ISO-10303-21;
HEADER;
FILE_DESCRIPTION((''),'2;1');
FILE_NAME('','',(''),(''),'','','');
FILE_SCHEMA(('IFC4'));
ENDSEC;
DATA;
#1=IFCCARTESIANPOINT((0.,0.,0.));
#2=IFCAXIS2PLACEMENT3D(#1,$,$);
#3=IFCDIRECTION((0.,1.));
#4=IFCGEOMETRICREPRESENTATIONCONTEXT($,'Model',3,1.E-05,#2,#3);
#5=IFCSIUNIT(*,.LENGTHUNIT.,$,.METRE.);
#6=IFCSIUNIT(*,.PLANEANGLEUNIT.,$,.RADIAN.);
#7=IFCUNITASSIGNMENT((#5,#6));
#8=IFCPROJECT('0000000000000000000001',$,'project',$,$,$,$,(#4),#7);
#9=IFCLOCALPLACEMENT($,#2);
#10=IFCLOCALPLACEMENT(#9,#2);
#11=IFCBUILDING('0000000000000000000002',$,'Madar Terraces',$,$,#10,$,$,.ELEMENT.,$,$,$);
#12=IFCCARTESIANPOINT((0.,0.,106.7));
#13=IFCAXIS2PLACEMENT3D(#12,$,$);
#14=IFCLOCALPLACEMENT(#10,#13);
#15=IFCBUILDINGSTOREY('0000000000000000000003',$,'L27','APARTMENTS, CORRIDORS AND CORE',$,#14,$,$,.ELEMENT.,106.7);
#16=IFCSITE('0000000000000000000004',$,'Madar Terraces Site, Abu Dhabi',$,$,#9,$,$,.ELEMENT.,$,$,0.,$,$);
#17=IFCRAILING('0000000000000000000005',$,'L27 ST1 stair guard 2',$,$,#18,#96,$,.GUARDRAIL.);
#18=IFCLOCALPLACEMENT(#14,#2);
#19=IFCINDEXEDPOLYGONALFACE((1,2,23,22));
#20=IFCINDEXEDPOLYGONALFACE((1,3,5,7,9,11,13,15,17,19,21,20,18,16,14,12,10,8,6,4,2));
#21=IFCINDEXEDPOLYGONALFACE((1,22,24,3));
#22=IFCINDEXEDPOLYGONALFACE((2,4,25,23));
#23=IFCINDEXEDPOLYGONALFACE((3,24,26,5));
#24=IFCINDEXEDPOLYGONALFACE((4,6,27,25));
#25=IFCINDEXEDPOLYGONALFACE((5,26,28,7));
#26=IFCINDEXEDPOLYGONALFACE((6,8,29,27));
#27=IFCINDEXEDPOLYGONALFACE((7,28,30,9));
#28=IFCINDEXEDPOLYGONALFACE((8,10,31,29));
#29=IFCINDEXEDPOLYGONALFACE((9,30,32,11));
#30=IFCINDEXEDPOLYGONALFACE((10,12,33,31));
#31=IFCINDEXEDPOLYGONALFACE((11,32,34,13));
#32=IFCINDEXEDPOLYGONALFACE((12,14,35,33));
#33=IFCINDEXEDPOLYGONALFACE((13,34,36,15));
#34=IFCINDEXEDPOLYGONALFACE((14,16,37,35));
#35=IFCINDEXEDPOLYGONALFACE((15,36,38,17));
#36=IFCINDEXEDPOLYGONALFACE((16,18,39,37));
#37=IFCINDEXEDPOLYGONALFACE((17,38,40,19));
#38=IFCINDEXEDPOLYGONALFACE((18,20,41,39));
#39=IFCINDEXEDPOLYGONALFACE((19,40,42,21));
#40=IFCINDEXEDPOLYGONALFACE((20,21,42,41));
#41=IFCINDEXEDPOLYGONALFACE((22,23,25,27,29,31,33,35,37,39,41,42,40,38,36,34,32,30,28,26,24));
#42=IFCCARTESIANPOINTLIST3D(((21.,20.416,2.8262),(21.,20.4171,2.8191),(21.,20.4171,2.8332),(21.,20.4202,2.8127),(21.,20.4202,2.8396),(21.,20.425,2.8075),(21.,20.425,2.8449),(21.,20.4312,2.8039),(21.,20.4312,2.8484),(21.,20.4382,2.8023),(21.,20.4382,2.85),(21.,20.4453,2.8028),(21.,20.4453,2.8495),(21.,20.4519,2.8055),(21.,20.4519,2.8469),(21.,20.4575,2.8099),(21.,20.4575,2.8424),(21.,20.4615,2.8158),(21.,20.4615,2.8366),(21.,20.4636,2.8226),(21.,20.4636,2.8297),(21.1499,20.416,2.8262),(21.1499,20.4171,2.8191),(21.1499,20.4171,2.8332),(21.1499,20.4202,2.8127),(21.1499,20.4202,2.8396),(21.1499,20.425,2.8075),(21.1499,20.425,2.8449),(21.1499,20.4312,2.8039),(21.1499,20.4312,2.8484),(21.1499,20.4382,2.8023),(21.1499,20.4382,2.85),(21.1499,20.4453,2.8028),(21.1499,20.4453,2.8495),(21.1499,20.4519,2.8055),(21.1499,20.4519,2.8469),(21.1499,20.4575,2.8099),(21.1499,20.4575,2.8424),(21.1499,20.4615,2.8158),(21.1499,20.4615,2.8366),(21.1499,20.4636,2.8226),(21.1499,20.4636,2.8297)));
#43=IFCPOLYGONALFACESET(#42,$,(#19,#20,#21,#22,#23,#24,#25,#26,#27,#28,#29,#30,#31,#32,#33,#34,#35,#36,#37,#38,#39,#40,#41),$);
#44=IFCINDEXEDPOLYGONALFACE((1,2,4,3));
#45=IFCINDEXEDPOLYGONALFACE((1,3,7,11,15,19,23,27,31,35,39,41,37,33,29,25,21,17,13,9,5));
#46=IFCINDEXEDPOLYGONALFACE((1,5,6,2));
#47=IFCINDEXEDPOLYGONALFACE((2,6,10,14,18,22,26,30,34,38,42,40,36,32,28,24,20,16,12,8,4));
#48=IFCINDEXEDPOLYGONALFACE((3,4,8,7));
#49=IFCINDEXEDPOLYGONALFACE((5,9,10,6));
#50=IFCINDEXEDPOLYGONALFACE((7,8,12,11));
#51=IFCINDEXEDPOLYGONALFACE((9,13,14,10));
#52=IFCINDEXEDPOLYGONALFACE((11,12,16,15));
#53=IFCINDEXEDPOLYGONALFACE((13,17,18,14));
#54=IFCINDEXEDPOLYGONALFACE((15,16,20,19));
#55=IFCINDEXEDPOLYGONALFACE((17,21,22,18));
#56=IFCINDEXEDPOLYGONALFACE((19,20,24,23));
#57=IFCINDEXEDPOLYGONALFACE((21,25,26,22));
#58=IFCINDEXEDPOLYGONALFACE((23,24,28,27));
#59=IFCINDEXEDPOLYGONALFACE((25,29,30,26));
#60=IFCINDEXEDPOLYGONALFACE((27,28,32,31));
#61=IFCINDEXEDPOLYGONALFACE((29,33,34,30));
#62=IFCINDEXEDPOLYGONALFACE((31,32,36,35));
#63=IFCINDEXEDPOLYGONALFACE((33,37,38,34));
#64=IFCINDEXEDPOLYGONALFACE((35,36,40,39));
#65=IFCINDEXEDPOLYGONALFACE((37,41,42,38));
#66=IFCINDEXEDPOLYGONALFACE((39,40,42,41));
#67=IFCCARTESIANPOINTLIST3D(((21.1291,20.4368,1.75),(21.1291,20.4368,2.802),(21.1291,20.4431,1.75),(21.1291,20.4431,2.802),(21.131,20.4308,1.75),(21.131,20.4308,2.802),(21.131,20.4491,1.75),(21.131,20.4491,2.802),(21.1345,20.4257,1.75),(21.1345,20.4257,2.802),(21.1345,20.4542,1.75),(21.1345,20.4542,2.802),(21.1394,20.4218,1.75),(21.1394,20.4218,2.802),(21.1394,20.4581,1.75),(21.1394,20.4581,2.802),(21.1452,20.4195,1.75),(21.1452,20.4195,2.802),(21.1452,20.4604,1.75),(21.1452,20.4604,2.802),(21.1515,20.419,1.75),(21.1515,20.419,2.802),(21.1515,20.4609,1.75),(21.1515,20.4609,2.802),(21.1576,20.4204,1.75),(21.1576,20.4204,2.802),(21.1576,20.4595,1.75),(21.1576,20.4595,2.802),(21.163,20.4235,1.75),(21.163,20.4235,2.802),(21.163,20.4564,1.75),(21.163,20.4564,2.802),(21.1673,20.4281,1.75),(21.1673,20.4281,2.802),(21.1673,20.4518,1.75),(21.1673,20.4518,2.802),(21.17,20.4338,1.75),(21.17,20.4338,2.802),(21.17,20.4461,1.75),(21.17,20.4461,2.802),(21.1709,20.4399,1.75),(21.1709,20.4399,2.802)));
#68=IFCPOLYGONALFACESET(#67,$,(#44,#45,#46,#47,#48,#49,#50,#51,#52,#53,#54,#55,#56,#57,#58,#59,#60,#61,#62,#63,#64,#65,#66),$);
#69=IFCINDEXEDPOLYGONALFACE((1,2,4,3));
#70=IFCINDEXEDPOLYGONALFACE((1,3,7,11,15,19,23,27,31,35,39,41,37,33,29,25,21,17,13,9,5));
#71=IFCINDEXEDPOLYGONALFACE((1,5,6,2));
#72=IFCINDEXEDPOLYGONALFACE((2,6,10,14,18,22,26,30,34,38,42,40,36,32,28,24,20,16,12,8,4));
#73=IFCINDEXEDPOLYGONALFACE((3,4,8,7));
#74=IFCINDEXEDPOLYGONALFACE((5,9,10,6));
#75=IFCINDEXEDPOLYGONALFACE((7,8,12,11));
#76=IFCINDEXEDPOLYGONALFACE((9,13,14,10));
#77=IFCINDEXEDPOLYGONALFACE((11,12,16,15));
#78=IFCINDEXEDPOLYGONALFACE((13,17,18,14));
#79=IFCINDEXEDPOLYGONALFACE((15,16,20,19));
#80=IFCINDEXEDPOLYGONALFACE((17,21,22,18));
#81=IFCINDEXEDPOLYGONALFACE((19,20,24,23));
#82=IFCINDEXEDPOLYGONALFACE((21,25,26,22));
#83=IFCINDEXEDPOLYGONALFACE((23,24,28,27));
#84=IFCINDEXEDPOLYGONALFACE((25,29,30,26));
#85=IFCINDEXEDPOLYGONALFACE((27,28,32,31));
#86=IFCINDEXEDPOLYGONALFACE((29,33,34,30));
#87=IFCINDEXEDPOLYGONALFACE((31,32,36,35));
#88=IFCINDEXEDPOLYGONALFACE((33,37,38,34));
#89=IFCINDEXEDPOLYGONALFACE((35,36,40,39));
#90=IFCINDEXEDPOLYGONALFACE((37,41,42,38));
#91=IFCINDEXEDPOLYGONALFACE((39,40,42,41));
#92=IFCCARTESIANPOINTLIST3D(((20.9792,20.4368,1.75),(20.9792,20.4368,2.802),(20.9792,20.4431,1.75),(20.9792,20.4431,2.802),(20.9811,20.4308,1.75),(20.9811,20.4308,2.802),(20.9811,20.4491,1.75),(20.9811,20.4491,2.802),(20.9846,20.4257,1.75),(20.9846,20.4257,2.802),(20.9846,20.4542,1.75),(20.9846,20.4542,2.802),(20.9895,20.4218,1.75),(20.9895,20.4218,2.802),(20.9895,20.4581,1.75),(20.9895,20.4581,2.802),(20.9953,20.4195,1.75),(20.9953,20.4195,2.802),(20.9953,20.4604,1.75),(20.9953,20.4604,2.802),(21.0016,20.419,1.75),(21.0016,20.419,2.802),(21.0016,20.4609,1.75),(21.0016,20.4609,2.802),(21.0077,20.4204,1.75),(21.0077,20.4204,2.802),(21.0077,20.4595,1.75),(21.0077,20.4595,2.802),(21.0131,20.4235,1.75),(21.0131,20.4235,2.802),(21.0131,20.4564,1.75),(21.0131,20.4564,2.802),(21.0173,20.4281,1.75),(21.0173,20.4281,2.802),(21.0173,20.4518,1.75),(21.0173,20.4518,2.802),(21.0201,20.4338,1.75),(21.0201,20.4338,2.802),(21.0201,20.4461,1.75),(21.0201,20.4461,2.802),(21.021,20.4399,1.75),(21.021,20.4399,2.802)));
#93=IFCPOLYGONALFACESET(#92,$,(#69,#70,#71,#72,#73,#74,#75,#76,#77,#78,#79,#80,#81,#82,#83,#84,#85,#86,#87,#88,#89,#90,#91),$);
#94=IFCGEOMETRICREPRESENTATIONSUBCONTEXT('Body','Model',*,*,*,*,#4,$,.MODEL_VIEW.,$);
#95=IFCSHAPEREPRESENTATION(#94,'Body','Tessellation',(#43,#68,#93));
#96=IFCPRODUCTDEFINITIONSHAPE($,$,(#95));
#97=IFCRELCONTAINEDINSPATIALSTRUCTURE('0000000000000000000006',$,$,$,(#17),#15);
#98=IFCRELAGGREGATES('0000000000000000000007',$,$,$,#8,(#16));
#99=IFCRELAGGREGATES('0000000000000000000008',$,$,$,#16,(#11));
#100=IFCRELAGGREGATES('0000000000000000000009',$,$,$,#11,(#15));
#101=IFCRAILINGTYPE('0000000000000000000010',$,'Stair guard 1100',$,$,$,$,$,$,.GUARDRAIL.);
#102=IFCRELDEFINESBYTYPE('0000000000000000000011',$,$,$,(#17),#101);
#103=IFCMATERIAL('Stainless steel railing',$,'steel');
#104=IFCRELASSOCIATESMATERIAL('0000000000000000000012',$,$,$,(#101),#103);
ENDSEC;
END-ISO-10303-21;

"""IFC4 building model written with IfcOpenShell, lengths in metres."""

from ifc_helpers import new_model, si_unit, direction, frame, origin, origin_2d, place, context, subcontext, project, spatial, circle, extrude, material, type_object, element, save


model = new_model("IFC4")

# Units and contexts
model_context = context("Model", 3, precision=1e-05, world=origin(), true_north=direction((0.0, 1.0)))
body_context = subcontext(model_context, "Body", "Model", "MODEL_VIEW")
ifc_project = project(units=[si_unit("LENGTHUNIT", "METRE"), si_unit("PLANEANGLEUNIT", "RADIAN")], contexts=[model_context])

# Site, building, storey
site_placement = place(None, origin())
site = spatial("IfcSite", under=ifc_project, at=site_placement, Name="Madar Terraces Site, Abu Dhabi", CompositionType="ELEMENT", RefElevation=0.0)
building_placement = place(site_placement, origin())
building = spatial("IfcBuilding", under=site, at=building_placement, Name="Madar Terraces", CompositionType="ELEMENT")
storey_placement = place(building_placement, frame((0.0, 0.0, 106.7)))
storey = spatial("IfcBuildingStorey", under=building, at=storey_placement, Name="L27", Description="APARTMENTS, CORRIDORS AND CORE", CompositionType="ELEMENT", Elevation=106.7)

# Railing
ifc_material_1 = material(Name="Stainless steel railing", Category="steel")
railing_type_1 = type_object("IfcRailingType", Name="Stair guard 1100", PredefinedType="GUARDRAIL", material=ifc_material_1)
railing_1_placement = place(storey_placement, frame((21.1499, 20.4399, 1.75)))
element("IfcRailing", 1, at=railing_1_placement, inside=storey, type_object=railing_type_1, Name="L27 ST1 stair guard 2", PredefinedType="GUARDRAIL", context=body_context, shape_type="SweptSolid", body=[
    extrude(circle(Radius=0.0239, at=origin_2d()), frame((0.0, 0.0, 1.0762), z_axis=(-1.0, 0.0, 0.0), x_axis=(0.0, -1.0, 0.0)), (0.0, 0.0, 1.0), 0.1499),
    extrude(circle(Radius=0.021, at=origin_2d()), origin(), (0.0, 0.0, 1.0), 1.052),
    extrude(circle(Radius=0.021, at=origin_2d()), frame((-0.1499, 0.0, 0.0)), (0.0, 0.0, 1.0), 1.052),
])

save(model, "model.ifc")
